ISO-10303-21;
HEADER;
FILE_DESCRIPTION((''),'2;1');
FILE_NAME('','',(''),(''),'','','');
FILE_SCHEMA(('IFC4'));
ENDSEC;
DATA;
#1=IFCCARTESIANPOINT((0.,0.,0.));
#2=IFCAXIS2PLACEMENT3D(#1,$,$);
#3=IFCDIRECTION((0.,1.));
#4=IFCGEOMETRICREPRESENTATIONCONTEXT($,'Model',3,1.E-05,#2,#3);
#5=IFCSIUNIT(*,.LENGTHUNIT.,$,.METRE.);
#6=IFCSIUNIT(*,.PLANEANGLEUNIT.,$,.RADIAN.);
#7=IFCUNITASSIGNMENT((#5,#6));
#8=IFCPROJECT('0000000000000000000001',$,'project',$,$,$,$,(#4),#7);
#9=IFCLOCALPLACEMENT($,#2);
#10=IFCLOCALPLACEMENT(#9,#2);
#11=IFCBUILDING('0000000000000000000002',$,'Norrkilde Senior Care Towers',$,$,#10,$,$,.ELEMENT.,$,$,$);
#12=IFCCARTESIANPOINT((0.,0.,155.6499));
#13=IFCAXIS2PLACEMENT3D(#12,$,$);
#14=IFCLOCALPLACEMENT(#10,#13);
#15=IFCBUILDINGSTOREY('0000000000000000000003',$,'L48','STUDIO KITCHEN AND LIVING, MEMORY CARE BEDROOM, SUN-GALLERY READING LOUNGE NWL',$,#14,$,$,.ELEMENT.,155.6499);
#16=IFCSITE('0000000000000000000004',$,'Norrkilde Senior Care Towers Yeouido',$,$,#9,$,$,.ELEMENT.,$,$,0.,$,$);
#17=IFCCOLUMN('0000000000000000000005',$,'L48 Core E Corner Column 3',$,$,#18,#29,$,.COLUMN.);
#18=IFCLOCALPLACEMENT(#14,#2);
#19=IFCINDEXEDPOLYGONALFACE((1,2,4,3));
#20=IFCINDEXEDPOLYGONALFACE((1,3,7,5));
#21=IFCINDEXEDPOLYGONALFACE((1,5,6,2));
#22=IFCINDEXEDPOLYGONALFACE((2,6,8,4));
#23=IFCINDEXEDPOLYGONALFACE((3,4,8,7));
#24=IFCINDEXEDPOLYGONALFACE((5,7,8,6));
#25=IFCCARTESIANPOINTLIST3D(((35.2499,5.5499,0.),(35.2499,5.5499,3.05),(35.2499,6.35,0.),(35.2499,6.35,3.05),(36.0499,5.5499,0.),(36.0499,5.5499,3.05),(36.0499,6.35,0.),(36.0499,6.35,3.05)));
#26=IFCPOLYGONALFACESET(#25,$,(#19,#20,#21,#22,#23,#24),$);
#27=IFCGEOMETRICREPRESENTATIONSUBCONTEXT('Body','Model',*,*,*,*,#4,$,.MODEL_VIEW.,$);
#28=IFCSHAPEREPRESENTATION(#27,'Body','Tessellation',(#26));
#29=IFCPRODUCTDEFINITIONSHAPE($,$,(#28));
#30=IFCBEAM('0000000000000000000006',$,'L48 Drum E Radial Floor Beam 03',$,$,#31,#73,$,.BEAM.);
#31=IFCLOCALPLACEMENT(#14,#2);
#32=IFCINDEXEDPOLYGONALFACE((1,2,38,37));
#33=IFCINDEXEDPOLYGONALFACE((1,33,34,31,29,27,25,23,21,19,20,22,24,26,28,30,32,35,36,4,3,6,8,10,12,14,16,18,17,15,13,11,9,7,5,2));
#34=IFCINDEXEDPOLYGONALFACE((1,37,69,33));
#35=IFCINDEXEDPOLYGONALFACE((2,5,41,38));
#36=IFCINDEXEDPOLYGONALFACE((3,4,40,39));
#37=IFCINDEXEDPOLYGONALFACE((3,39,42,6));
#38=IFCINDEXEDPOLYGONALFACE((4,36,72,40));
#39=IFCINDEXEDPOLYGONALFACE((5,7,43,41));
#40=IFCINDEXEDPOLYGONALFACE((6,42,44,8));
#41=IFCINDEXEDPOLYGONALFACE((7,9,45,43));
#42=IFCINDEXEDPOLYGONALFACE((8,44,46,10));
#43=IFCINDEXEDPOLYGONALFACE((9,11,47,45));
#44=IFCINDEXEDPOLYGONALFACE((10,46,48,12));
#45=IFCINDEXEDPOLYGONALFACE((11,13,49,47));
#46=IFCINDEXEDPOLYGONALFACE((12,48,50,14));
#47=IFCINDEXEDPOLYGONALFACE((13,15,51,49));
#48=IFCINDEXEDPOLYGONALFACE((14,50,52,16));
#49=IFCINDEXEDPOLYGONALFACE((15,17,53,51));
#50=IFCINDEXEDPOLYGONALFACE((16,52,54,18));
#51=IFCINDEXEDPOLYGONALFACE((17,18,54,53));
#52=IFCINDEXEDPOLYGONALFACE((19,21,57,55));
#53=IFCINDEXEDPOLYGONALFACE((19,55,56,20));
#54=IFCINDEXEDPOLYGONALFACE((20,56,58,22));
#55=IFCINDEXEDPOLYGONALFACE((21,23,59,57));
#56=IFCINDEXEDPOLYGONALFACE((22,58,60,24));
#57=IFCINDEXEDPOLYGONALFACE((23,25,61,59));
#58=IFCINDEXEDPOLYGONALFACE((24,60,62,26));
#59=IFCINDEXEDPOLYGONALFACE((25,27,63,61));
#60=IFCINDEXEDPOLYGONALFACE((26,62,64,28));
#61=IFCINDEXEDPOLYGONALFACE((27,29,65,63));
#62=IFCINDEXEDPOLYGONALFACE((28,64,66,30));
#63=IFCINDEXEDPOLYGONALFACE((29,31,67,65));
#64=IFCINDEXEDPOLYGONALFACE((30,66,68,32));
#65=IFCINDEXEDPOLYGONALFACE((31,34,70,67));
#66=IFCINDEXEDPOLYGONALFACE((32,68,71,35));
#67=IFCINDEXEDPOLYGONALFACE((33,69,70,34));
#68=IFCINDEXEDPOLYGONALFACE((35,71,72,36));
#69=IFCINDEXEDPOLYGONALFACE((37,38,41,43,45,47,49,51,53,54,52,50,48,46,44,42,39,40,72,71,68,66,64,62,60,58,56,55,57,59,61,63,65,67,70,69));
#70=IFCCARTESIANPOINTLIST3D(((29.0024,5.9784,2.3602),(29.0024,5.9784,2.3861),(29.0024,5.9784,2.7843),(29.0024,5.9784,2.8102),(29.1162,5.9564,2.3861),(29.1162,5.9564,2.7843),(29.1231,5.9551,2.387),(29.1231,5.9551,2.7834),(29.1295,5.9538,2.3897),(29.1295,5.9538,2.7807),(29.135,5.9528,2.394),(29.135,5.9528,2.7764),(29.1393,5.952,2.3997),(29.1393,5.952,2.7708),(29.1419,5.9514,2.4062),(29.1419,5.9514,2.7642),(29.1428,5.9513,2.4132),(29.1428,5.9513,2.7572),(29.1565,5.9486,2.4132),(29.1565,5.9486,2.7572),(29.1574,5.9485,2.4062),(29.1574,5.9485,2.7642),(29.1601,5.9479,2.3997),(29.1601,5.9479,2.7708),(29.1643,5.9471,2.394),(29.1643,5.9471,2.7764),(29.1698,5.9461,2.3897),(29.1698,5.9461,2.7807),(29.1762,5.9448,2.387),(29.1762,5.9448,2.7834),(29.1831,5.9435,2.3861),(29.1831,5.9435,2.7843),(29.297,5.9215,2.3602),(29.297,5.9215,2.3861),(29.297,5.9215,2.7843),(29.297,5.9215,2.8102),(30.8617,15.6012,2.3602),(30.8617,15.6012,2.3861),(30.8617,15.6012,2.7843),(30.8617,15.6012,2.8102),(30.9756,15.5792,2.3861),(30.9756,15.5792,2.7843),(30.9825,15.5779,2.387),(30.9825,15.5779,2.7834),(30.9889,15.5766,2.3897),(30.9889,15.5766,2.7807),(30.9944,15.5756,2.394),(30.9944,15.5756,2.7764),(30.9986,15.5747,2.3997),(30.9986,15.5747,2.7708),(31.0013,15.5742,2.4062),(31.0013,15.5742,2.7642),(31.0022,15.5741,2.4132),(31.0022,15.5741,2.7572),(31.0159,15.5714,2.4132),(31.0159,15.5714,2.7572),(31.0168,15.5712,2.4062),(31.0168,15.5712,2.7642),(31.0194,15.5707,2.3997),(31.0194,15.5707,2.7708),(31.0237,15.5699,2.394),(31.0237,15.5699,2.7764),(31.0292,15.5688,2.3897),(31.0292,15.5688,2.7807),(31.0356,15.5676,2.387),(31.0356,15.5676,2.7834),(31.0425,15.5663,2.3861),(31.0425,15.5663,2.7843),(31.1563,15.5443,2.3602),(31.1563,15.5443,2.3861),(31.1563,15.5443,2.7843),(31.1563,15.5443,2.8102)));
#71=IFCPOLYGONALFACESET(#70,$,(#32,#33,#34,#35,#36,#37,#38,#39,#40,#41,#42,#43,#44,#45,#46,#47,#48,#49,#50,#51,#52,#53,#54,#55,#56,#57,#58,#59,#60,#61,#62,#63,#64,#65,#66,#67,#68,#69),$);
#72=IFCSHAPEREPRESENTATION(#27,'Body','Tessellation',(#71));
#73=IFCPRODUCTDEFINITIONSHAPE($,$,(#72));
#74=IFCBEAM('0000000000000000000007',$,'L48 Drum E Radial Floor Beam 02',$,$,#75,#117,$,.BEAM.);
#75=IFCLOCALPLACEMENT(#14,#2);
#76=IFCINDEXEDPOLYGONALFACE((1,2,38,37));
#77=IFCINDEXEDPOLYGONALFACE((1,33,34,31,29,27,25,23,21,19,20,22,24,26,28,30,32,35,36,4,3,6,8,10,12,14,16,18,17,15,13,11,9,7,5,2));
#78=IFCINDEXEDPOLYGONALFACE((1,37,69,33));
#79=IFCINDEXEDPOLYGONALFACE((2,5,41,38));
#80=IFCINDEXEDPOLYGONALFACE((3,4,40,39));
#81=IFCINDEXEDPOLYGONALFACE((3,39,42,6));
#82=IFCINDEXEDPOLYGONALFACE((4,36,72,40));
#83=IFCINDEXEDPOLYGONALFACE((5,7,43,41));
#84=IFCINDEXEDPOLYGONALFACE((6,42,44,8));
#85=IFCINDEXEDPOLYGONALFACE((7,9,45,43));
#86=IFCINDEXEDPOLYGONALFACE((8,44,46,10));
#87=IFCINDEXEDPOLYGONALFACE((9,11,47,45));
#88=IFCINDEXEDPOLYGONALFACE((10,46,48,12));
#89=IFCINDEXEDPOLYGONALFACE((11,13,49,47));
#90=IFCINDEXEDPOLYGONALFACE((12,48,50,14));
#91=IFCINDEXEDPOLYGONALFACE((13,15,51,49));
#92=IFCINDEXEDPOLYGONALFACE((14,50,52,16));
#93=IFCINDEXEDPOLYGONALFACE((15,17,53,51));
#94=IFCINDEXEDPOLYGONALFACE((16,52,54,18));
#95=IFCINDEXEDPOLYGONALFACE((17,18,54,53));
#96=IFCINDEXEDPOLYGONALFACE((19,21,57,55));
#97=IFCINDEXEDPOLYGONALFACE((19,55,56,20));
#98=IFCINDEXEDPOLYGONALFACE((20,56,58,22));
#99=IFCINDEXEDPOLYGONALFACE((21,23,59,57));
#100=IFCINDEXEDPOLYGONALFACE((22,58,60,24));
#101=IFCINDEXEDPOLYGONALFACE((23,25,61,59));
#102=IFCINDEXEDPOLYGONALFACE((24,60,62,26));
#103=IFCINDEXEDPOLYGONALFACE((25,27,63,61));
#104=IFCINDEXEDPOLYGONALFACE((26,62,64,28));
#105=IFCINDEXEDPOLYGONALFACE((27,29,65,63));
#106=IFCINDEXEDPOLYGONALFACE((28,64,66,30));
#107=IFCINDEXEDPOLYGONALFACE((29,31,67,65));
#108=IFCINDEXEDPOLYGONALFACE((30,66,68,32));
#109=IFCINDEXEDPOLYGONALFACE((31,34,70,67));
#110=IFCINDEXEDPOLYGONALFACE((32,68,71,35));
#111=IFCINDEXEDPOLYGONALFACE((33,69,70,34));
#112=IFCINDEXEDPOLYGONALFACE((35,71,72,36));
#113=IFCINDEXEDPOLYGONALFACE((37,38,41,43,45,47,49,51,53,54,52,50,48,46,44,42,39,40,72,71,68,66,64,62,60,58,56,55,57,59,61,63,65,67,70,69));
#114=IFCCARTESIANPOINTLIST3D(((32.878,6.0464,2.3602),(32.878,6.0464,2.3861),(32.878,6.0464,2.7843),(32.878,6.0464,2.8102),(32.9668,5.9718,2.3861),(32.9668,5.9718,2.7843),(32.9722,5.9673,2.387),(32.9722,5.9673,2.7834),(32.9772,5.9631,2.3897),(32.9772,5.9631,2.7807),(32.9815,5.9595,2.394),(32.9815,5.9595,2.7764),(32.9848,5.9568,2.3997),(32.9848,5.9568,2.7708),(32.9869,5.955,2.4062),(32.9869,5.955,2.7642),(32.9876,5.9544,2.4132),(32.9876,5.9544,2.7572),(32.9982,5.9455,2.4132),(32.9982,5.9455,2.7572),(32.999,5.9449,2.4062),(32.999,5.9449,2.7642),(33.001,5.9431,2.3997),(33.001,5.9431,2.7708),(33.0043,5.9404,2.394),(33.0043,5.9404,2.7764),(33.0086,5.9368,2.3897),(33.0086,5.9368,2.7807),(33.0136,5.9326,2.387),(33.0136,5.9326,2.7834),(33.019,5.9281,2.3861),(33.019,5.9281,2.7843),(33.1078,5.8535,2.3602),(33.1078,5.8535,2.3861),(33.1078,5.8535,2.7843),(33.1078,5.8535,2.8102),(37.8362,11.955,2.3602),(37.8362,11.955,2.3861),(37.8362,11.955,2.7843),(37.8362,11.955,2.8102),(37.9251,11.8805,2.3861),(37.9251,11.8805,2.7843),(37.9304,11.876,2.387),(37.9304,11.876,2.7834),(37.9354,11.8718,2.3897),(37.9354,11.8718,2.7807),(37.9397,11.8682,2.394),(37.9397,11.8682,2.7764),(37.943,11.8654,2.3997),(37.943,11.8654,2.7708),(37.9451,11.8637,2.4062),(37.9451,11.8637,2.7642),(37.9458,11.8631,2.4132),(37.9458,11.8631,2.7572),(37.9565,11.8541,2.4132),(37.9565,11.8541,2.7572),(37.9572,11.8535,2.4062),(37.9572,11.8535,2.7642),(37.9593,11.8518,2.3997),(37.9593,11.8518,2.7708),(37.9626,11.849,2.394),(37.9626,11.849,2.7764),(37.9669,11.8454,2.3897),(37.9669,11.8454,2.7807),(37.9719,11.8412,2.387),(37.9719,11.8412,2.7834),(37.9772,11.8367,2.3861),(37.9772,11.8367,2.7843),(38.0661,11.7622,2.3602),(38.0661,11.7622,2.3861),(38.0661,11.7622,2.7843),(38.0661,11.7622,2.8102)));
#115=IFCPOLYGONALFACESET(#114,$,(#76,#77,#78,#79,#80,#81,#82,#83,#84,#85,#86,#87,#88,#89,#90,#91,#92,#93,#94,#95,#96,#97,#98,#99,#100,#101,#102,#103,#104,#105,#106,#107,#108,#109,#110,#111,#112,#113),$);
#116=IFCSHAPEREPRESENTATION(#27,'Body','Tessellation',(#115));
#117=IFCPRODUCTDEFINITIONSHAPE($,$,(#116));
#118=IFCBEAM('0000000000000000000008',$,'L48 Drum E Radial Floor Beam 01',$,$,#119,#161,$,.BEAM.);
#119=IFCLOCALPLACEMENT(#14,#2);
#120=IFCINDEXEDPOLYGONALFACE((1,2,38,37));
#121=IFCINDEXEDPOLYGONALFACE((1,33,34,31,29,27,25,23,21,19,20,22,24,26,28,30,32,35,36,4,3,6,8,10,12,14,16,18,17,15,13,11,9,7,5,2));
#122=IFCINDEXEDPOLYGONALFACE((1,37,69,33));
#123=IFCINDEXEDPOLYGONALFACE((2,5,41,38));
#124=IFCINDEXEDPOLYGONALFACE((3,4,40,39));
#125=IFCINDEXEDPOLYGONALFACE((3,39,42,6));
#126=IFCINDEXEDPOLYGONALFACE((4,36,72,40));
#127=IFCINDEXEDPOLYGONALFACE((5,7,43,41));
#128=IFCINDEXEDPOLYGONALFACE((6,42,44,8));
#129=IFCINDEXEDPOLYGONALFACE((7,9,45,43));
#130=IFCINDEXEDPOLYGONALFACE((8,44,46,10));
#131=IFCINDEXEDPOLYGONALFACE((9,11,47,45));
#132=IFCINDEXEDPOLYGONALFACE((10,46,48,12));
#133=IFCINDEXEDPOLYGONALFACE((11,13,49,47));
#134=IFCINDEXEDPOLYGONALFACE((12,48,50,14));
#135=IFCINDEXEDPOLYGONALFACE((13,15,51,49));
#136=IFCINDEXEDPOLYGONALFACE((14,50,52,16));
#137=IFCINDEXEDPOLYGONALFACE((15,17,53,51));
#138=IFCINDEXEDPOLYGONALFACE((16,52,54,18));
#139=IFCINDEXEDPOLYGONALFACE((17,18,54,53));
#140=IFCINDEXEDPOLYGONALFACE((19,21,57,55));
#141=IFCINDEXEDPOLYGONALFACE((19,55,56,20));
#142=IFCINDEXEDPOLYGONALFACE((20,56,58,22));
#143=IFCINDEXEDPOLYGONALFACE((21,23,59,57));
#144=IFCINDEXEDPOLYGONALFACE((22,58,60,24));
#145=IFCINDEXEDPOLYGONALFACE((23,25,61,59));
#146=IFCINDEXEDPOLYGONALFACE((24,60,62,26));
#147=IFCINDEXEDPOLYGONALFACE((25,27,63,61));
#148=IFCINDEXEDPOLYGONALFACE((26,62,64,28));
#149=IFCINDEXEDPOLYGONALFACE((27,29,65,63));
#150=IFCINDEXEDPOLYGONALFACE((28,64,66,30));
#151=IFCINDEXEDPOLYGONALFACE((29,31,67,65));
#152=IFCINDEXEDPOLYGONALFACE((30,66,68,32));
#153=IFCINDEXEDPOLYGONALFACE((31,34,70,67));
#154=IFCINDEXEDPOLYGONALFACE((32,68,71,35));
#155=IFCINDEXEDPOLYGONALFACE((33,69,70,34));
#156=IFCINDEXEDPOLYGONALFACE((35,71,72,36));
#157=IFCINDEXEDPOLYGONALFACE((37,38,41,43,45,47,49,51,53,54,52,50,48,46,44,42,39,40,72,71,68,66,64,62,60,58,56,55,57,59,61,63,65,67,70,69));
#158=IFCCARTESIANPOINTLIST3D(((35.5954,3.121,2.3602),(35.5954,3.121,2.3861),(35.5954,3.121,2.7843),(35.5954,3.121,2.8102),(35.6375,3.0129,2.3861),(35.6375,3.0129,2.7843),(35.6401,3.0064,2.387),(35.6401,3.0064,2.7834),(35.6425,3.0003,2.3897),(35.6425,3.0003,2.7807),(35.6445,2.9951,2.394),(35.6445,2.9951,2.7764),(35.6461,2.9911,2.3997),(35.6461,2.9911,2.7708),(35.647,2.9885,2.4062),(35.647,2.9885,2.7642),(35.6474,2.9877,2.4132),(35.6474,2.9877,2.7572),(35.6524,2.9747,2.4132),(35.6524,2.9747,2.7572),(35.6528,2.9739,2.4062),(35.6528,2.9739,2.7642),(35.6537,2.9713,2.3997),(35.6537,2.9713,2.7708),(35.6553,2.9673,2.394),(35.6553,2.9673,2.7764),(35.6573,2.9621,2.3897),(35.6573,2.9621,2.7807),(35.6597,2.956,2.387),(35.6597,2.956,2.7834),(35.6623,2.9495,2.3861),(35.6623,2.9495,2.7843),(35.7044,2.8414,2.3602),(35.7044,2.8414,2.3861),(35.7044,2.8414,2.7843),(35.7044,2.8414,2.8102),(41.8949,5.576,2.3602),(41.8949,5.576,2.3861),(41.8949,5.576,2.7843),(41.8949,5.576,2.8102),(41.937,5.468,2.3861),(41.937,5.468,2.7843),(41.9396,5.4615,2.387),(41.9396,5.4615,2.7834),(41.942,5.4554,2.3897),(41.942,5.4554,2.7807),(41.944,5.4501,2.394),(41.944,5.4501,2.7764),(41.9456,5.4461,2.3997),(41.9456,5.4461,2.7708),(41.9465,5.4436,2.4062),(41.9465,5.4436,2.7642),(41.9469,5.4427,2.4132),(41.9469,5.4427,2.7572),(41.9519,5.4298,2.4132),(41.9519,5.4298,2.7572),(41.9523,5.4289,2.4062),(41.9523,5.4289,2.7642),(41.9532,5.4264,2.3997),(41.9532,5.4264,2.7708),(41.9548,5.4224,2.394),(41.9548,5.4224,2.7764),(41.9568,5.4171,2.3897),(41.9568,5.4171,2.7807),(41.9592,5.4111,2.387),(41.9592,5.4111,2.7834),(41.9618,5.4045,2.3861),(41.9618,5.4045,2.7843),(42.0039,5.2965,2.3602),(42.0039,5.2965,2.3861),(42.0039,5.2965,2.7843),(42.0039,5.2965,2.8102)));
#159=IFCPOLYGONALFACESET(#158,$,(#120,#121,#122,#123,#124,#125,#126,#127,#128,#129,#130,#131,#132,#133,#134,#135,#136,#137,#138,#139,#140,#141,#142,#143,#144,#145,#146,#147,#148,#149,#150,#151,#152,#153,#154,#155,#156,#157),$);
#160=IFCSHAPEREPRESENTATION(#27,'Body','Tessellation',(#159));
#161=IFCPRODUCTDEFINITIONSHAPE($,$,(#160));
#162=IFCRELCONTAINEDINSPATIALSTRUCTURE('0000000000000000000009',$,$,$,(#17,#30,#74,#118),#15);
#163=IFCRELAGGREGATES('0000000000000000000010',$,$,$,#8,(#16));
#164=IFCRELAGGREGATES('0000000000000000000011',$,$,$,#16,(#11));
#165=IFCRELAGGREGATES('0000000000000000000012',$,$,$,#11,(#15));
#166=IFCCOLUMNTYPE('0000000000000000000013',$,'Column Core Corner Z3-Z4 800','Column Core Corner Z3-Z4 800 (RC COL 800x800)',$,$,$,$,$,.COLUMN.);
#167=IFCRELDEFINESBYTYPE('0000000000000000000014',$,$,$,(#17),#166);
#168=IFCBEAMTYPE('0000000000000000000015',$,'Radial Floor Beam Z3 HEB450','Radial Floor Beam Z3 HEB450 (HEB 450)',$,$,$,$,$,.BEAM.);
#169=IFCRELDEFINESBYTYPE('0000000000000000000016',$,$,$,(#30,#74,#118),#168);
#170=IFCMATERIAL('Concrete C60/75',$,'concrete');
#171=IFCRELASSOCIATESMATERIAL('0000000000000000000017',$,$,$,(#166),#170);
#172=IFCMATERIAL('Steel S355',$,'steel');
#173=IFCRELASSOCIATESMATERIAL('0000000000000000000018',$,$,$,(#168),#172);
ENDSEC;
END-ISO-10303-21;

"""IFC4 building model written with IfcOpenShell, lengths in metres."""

from ifc_helpers import new_model, si_unit, direction, frame, origin, origin_2d, place, context, subcontext, project, spatial, rectangle, i_section, extrude, source, transform, mapped, material, material_profile, profile_set, type_object, type_shapes, element, save


model = new_model("IFC4")

# Units and contexts
model_context = context("Model", 3, precision=1e-05, world=origin(), true_north=direction((0.0, 1.0)))
body_context = subcontext(model_context, "Body", "Model", "MODEL_VIEW")
ifc_project = project(units=[si_unit("LENGTHUNIT", "METRE"), si_unit("PLANEANGLEUNIT", "RADIAN")], contexts=[model_context])

# Site, building, storey
site_placement = place(None, origin())
site = spatial("IfcSite", under=ifc_project, at=site_placement, Name="Norrkilde Senior Care Towers Yeouido", CompositionType="ELEMENT", RefElevation=0.0)
building_placement = place(site_placement, origin())
building = spatial("IfcBuilding", under=site, at=building_placement, Name="Norrkilde Senior Care Towers", CompositionType="ELEMENT")
storey_placement = place(building_placement, frame((0.0, 0.0, 155.6499)))
storey = spatial("IfcBuildingStorey", under=building, at=storey_placement, Name="L48", Description="STUDIO KITCHEN AND LIVING, MEMORY CARE BEDROOM, SUN-GALLERY READING LOUNGE NWL", CompositionType="ELEMENT", Elevation=155.6499)

# Column
ifc_material_1 = material(Name="Concrete C60/75", Category="concrete")
ifc_material_profile_1 = material_profile(ifc_material_1, rectangle(XDim=0.8, YDim=0.8, at=origin_2d()), Name="RC COL 800x800")
ifc_profile_set_1 = profile_set([ifc_material_profile_1], Name="Concrete C60/75")
column_type = type_object("IfcColumnType", Name="Column Core Corner Z3-Z4 800", Description="Column Core Corner Z3-Z4 800 (RC COL 800x800)", PredefinedType="COLUMN", material=ifc_profile_set_1)
shared_shape_1 = source(origin(), body_context, "Body", "SweptSolid", [
    extrude(rectangle(XDim=0.8, YDim=0.8, at=origin_2d()), origin(), (0.0, 0.0, 1.0), 3.05),
])
type_shapes(column_type, [shared_shape_1])
column_placement = place(storey_placement, frame((35.6499, 5.95, 0.0), z_axis=(0.0, 0.0, 1.0), x_axis=(1.0, 0.0, 0.0)))
element("IfcColumn", 1, at=column_placement, inside=storey, type_object=column_type, Name="L48 Core E Corner Column 3", PredefinedType="COLUMN", context=body_context, shape_type="MappedRepresentation", body=[
    mapped(shared_shape_1, transform((0.0, 0.0, 0.0), x_axis=(1.0, 0.0, 0.0), y_axis=(0.0, 1.0, 0.0), z_axis=(0.0, 0.0, 1.0), scale=1.0)),
])

# Beams
ifc_material_2 = material(Name="Steel S355", Category="steel")
ifc_material_profile_2 = material_profile(ifc_material_2, i_section(OverallWidth=0.3, OverallDepth=0.45, WebThickness=0.0139, FlangeThickness=0.0259, FilletRadius=0.0271, at=origin_2d()), Name="HEB 450")
ifc_profile_set_2 = profile_set([ifc_material_profile_2], Name="Steel S355")
beam_type = type_object("IfcBeamType", Name="Radial Floor Beam Z3 HEB450", Description="Radial Floor Beam Z3 HEB450 (HEB 450)", PredefinedType="BEAM", material=ifc_profile_set_2)
shared_shape_2 = source(origin(), body_context, "Body", "SweptSolid", [
    extrude(i_section(OverallWidth=0.3, OverallDepth=0.45, WebThickness=0.0139, FlangeThickness=0.0259, FilletRadius=0.0271, at=origin_2d()), origin(), (0.0, 0.0, 1.0), 9.8008),
])
beam_1_placement = place(storey_placement, frame((29.1497, 5.95, 2.5852), z_axis=(0.189717, 0.981839, 0.0), x_axis=(-0.981839, 0.189717, 0.0)))
element("IfcBeam", 2, at=beam_1_placement, inside=storey, type_object=beam_type, Name="L48 Drum E Radial Floor Beam 03", PredefinedType="BEAM", context=body_context, shape_type="MappedRepresentation", body=[
    mapped(shared_shape_2, transform((0.0, 0.0, 0.0), x_axis=(1.0, 0.0, 0.0), y_axis=(0.0, 1.0, 0.0), z_axis=(0.0, 0.0, 1.0), scale=1.0)),
])
shared_shape_3 = source(origin(), body_context, "Body", "SweptSolid", [
    extrude(i_section(OverallWidth=0.3, OverallDepth=0.45, WebThickness=0.0139, FlangeThickness=0.0259, FilletRadius=0.0271, at=origin_2d()), origin(), (0.0, 0.0, 1.0), 7.7134),
])
beam_2_placement = place(storey_placement, frame((32.9929, 5.95, 2.5852), z_axis=(0.642808, 0.766027, 0.0), x_axis=(-0.766027, 0.642808, 0.0)))
element("IfcBeam", 3, at=beam_2_placement, inside=storey, type_object=beam_type, Name="L48 Drum E Radial Floor Beam 02", PredefinedType="BEAM", context=body_context, shape_type="MappedRepresentation", body=[
    mapped(shared_shape_3, transform((0.0, 0.0, 0.0), x_axis=(1.0, 0.0, 0.0), y_axis=(0.0, 1.0, 0.0), z_axis=(0.0, 0.0, 1.0), scale=1.0)),
])
shared_shape_4 = source(origin(), body_context, "Body", "SweptSolid", [
    extrude(i_section(OverallWidth=0.3, OverallDepth=0.45, WebThickness=0.0139, FlangeThickness=0.0259, FilletRadius=0.0271, at=origin_2d()), origin(), (0.0, 0.0, 1.0), 6.761),
])
type_shapes(beam_type, [shared_shape_2, shared_shape_3, shared_shape_4])
beam_3_placement = place(storey_placement, frame((35.6499, 2.9812, 2.5852), z_axis=(0.931742, 0.363121, 0.0), x_axis=(-0.363121, 0.931742, 0.0)))
element("IfcBeam", 4, at=beam_3_placement, inside=storey, type_object=beam_type, Name="L48 Drum E Radial Floor Beam 01", PredefinedType="BEAM", context=body_context, shape_type="MappedRepresentation", body=[
    mapped(shared_shape_4, transform((0.0, 0.0, 0.0), x_axis=(1.0, 0.0, 0.0), y_axis=(0.0, 1.0, 0.0), z_axis=(0.0, 0.0, 1.0), scale=1.0)),
])

save(model, "model.ifc")
